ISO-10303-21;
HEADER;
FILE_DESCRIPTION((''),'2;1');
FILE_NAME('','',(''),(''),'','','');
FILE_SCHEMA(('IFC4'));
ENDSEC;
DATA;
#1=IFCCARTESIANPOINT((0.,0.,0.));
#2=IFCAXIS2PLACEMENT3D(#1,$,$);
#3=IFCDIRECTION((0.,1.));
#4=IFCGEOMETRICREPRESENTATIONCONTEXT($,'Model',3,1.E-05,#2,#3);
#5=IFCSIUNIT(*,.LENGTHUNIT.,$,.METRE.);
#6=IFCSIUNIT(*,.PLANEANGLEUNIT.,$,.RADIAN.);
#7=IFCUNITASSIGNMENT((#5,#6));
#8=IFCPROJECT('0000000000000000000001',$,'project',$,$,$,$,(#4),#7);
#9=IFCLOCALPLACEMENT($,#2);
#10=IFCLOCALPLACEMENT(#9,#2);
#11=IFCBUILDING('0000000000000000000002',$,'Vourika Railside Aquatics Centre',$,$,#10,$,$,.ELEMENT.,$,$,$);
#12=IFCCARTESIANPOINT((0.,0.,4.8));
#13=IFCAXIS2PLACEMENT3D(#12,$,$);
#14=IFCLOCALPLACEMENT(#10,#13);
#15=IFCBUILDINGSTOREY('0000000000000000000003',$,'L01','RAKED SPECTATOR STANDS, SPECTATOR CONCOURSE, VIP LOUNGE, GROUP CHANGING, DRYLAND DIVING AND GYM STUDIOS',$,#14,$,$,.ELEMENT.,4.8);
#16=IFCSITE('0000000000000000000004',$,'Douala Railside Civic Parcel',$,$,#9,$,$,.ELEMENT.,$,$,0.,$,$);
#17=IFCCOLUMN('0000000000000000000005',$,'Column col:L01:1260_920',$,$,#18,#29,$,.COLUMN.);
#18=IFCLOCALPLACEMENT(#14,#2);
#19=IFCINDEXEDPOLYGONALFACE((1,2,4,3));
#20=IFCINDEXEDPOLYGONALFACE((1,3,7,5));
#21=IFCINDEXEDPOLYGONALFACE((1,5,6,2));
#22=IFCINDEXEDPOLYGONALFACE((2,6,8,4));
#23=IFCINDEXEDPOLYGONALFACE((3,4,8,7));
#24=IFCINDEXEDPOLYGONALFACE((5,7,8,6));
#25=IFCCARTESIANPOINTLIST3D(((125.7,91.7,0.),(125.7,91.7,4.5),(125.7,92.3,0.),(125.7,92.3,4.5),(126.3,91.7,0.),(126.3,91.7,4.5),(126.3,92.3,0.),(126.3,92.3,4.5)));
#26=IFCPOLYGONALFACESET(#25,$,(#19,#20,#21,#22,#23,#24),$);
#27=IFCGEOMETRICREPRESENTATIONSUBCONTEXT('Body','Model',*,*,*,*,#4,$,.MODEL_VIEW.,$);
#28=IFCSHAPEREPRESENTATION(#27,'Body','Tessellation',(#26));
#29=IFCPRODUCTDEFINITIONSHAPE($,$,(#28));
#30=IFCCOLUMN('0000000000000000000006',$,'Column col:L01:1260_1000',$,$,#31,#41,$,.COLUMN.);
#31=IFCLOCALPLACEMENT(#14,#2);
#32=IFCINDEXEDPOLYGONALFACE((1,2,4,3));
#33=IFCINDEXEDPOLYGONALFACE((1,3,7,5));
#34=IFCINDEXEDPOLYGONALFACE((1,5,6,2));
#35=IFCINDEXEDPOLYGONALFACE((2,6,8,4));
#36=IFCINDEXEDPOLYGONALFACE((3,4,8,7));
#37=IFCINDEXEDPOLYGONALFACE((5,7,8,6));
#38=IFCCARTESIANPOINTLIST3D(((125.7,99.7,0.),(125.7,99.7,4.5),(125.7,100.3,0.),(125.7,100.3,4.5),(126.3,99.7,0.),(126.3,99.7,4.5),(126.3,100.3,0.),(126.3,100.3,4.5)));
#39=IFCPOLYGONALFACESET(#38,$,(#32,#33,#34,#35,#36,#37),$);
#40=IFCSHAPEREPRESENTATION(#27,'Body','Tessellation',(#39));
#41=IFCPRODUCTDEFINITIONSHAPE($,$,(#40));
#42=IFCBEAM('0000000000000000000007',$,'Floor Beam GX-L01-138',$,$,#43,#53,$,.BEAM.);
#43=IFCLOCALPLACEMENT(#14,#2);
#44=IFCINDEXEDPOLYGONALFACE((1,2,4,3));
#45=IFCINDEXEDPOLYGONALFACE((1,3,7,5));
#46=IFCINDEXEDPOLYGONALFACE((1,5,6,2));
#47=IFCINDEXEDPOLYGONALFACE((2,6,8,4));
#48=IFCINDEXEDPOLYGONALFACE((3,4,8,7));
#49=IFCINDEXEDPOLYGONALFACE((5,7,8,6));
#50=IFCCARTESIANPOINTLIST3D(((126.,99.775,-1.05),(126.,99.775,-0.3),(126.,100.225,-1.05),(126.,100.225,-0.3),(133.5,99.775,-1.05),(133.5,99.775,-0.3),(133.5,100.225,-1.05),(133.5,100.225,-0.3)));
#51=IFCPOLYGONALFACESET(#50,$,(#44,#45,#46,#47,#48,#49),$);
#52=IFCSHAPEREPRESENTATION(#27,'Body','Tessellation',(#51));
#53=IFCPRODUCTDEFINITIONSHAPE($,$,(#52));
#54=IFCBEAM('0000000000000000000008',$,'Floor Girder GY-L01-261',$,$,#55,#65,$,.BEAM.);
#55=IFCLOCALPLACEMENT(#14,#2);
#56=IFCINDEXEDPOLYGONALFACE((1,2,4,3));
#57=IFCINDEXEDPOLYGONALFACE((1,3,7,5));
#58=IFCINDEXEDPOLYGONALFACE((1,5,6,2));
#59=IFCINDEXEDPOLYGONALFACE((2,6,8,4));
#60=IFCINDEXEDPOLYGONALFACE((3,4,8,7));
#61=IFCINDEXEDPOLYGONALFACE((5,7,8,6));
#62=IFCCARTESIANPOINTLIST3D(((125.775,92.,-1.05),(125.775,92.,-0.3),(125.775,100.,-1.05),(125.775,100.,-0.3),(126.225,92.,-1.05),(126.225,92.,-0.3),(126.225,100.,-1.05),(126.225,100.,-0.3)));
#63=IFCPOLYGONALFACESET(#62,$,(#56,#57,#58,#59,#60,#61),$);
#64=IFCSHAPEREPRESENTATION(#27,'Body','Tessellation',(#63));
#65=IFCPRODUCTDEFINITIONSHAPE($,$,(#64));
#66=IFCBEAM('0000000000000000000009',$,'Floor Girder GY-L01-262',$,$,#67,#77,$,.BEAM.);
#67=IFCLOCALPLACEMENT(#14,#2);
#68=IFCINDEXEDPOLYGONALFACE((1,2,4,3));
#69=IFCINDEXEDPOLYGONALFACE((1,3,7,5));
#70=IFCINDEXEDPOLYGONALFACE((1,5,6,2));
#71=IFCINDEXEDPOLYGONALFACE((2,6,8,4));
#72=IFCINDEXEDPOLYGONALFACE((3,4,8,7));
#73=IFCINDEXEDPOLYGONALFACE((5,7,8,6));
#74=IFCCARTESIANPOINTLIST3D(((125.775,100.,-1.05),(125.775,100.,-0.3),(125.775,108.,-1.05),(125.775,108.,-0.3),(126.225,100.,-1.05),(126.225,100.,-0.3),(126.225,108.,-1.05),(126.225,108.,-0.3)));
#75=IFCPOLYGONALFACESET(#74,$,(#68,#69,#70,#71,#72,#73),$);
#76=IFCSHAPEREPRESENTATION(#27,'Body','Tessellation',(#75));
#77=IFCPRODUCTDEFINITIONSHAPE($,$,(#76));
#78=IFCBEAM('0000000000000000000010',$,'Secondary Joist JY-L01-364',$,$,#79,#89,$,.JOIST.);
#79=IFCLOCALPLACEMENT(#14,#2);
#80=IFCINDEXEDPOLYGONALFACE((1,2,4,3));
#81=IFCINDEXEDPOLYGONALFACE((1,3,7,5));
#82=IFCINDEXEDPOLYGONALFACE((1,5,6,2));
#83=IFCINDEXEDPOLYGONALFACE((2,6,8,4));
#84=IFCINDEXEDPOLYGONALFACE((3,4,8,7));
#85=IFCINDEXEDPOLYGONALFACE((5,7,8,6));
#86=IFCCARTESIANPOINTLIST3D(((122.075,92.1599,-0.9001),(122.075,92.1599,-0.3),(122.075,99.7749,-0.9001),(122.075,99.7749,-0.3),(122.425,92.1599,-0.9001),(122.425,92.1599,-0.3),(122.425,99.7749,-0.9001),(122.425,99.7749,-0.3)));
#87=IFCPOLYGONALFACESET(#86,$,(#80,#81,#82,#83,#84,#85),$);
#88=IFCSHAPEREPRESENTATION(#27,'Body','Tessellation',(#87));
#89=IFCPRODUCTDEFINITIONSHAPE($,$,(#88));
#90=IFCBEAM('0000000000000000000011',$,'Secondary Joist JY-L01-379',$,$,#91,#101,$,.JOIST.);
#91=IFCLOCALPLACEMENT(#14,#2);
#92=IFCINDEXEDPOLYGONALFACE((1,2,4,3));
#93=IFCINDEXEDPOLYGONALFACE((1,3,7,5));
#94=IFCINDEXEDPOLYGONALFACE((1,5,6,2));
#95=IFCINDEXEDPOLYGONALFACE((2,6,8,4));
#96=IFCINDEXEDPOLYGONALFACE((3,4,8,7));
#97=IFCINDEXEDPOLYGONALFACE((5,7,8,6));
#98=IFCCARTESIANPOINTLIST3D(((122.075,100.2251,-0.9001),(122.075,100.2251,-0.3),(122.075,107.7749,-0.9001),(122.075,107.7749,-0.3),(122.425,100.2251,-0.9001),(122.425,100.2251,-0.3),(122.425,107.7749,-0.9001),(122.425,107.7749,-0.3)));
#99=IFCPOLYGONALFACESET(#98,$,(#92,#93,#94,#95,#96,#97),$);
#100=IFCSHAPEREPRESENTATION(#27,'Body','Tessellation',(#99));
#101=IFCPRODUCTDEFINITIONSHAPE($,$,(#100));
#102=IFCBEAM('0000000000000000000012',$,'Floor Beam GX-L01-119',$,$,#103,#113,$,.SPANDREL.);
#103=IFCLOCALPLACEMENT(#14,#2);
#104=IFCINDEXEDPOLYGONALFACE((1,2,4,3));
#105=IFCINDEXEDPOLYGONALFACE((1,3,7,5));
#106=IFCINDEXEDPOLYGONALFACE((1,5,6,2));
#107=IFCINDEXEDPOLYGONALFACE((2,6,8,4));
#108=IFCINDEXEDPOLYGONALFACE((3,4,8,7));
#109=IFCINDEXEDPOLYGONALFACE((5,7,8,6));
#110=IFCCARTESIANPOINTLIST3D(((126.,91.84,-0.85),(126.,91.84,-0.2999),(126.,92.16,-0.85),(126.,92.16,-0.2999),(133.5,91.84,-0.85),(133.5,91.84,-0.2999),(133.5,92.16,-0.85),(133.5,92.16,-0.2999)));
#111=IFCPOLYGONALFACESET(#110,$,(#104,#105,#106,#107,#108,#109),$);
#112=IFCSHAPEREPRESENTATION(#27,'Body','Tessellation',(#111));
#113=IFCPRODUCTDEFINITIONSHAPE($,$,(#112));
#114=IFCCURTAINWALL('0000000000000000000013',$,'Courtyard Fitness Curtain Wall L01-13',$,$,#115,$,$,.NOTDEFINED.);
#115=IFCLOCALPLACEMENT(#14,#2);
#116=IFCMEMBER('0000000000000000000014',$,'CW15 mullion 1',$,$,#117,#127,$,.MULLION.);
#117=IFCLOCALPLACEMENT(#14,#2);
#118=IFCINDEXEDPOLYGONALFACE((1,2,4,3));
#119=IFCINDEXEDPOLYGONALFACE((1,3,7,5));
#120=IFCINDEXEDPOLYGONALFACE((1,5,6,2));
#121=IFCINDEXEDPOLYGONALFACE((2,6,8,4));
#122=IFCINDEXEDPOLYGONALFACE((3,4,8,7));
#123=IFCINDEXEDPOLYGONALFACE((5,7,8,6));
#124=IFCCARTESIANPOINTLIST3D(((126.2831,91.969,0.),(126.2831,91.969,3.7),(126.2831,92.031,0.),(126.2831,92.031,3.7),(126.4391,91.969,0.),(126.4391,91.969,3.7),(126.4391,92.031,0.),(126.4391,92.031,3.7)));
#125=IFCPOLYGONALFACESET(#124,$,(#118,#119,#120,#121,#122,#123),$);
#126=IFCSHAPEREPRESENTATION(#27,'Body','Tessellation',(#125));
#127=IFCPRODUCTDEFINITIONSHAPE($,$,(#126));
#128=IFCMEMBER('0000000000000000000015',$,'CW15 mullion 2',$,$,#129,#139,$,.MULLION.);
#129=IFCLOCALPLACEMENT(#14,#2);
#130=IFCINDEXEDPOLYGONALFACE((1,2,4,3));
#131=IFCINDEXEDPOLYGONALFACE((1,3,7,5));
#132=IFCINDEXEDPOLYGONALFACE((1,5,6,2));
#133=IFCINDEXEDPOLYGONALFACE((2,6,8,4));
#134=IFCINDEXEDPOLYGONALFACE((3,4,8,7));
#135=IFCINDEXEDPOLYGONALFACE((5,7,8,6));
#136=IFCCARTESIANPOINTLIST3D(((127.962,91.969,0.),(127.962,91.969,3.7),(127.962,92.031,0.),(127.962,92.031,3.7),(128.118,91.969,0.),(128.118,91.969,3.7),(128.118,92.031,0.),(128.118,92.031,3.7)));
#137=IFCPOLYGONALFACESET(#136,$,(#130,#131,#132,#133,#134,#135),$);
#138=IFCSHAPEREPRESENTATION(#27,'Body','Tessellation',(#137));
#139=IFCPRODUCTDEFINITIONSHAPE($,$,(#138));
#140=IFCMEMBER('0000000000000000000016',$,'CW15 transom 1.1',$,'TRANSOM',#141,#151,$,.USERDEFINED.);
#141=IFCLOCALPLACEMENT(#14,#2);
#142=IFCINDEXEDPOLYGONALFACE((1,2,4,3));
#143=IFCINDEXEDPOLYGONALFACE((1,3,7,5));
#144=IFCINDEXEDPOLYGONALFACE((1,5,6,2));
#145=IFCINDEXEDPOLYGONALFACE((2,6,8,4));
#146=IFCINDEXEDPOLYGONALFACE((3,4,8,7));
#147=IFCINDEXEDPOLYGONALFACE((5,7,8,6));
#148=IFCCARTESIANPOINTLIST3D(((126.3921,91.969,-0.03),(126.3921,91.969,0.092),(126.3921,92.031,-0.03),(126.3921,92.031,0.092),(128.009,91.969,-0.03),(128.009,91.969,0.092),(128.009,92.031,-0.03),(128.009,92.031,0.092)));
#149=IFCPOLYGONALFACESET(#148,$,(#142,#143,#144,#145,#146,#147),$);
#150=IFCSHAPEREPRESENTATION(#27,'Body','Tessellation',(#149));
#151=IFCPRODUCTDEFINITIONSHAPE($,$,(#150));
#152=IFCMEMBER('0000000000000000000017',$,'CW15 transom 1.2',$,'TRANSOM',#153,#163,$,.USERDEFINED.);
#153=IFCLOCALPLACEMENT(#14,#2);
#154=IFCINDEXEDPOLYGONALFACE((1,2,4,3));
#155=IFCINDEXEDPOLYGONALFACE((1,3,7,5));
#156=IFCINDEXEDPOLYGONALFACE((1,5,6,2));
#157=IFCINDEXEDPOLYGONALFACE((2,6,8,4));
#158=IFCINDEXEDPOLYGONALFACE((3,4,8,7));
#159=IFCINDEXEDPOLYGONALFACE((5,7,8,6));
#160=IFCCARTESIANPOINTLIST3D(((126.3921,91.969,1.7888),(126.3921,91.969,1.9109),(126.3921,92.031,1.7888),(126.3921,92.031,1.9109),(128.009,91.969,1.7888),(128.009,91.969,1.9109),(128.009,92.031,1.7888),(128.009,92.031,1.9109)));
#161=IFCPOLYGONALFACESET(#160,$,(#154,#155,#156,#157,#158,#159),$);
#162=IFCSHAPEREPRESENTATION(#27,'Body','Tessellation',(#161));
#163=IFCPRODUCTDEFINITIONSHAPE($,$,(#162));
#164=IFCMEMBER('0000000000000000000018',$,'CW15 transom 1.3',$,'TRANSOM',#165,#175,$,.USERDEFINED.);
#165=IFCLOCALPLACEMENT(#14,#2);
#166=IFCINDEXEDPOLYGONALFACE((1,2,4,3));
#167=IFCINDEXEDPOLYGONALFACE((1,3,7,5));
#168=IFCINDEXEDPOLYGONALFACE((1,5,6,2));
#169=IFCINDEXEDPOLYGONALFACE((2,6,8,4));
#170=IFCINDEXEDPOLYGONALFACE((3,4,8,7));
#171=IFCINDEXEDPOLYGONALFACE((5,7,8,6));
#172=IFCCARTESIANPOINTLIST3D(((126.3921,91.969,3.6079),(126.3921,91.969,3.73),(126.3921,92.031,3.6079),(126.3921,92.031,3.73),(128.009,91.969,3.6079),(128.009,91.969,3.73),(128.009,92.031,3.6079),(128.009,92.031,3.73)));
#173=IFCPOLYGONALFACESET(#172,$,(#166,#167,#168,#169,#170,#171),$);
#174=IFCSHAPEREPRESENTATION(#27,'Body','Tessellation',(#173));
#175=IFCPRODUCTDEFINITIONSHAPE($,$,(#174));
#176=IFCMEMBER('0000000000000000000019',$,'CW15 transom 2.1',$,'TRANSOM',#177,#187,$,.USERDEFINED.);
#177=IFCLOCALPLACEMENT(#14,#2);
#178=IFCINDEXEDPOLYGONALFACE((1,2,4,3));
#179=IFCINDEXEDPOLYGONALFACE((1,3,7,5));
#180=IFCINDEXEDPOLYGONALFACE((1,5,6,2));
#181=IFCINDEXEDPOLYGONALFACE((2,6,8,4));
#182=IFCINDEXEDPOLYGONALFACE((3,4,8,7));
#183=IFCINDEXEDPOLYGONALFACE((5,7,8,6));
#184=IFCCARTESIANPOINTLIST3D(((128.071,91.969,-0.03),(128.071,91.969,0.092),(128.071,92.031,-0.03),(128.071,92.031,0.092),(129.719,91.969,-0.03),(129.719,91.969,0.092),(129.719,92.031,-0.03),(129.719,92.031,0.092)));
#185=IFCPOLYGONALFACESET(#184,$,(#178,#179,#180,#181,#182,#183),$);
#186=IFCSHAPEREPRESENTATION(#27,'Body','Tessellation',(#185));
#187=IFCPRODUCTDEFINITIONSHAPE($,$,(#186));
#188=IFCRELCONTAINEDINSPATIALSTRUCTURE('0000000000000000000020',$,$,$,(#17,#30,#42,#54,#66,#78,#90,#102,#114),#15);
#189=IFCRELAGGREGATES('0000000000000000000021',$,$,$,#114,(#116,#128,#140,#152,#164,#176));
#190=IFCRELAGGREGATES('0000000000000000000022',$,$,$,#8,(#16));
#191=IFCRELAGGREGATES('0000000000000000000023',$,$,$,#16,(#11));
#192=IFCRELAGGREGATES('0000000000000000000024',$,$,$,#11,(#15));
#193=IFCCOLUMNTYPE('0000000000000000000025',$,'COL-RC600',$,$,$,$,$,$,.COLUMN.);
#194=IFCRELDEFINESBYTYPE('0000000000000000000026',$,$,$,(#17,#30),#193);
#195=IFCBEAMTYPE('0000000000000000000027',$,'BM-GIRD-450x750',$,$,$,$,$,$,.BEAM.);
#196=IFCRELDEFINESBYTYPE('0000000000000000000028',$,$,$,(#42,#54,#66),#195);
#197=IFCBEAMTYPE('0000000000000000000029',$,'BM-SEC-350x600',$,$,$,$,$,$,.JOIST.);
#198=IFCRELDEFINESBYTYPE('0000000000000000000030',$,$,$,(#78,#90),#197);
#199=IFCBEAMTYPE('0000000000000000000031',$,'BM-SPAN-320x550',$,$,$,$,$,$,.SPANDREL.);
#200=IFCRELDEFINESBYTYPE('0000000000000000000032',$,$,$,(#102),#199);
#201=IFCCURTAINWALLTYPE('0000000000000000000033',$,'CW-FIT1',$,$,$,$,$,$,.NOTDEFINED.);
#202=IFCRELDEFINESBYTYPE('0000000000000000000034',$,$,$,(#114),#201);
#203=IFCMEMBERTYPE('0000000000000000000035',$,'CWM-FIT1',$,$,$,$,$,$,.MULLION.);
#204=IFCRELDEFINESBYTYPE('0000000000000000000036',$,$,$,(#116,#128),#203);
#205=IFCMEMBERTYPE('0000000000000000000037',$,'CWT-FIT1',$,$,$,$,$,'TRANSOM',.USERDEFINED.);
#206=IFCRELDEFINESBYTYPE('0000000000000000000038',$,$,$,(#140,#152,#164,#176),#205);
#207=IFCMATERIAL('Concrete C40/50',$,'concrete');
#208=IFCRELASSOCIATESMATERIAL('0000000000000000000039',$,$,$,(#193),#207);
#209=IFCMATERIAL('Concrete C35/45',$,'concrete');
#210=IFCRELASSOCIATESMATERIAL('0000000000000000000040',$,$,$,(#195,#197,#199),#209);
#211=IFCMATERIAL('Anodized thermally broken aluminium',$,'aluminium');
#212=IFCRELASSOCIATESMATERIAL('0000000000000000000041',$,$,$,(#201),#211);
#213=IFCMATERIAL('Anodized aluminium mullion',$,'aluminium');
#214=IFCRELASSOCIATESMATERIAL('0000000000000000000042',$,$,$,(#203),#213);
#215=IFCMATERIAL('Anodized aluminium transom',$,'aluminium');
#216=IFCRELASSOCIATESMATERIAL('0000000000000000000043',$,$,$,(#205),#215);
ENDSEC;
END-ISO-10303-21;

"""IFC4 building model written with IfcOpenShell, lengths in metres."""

from ifc_helpers import new_model, si_unit, direction, frame, origin, origin_2d, place, context, subcontext, project, spatial, rectangle, extrude, material, material_profile, profile_set, type_object, element, aggregate, save


model = new_model("IFC4")

# Units and contexts
model_context = context("Model", 3, precision=1e-05, world=origin(), true_north=direction((0.0, 1.0)))
body_context = subcontext(model_context, "Body", "Model", "MODEL_VIEW")
ifc_project = project(units=[si_unit("LENGTHUNIT", "METRE"), si_unit("PLANEANGLEUNIT", "RADIAN")], contexts=[model_context])

# Site, building, storey
site_placement = place(None, origin())
site = spatial("IfcSite", under=ifc_project, at=site_placement, Name="Douala Railside Civic Parcel", CompositionType="ELEMENT", RefElevation=0.0)
building_placement = place(site_placement, origin())
building = spatial("IfcBuilding", under=site, at=building_placement, Name="Vourika Railside Aquatics Centre", CompositionType="ELEMENT")
storey_placement = place(building_placement, frame((0.0, 0.0, 4.8)))
storey = spatial("IfcBuildingStorey", under=building, at=storey_placement, Name="L01", Description="RAKED SPECTATOR STANDS, SPECTATOR CONCOURSE, VIP LOUNGE, GROUP CHANGING, DRYLAND DIVING AND GYM STUDIOS", CompositionType="ELEMENT", Elevation=4.8)

# Columns
ifc_material_1 = material(Name="Concrete C40/50", Category="concrete")
ifc_material_profile_1 = material_profile(ifc_material_1, rectangle(XDim=0.6001, YDim=0.6001, at=origin_2d()), Name="RC 600x600")
ifc_profile_set_1 = profile_set([ifc_material_profile_1], Name="Concrete C40/50")
column_type = type_object("IfcColumnType", Name="COL-RC600", PredefinedType="COLUMN", material=ifc_profile_set_1)
for number, where, z_axis, x_axis, name in (
    (1, (126.0, 92.0, 0.0), (0.0, 0.0, 1.0), (1.0, 0.0, 0.0), "Column col:L01:1260_920"),
    (2, (126.0, 100.0, 0.0), (0.0, 0.0, 1.0), (1.0, 0.0, 0.0), "Column col:L01:1260_1000"),
):
    element("IfcColumn", number, at=place(storey_placement, frame(where, z_axis=z_axis, x_axis=x_axis)), inside=storey, type_object=column_type, Name=name, PredefinedType="COLUMN", context=body_context, shape_type="SweptSolid", body=[
        extrude(rectangle(XDim=0.6001, YDim=0.6001, at=origin_2d()), origin(), (0.0, 0.0, 1.0), 4.5),
    ])

# Beams
ifc_material_2 = material(Name="Concrete C35/45", Category="concrete")
ifc_material_profile_2 = material_profile(ifc_material_2, rectangle(XDim=0.45, YDim=0.75, at=origin_2d()), Name="RC 450x750")
ifc_profile_set_2 = profile_set([ifc_material_profile_2], Name="Concrete C35/45")
beam_type_1 = type_object("IfcBeamType", Name="BM-GIRD-450x750", PredefinedType="BEAM", material=ifc_profile_set_2)
beam_1_placement = place(storey_placement, frame((126.0, 100.0, -0.675), z_axis=(1.0, 0.0, 0.0), x_axis=(0.0, 1.0, 0.0)))
element("IfcBeam", 3, at=beam_1_placement, inside=storey, type_object=beam_type_1, Name="Floor Beam GX-L01-138", PredefinedType="BEAM", context=body_context, shape_type="SweptSolid", body=[
    extrude(rectangle(XDim=0.45, YDim=0.75, at=origin_2d()), origin(), (0.0, 0.0, 1.0), 7.5),
])
for number, where, z_axis, x_axis, name in (
    (4, (126.0, 92.0, -0.675), (0.0, 1.0, 0.0), (-1.0, 0.0, 0.0), "Floor Girder GY-L01-261"),
    (5, (126.0, 100.0, -0.675), (0.0, 1.0, 0.0), (-1.0, 0.0, 0.0), "Floor Girder GY-L01-262"),
):
    element("IfcBeam", number, at=place(storey_placement, frame(where, z_axis=z_axis, x_axis=x_axis)), inside=storey, type_object=beam_type_1, Name=name, PredefinedType="BEAM", context=body_context, shape_type="SweptSolid", body=[
        extrude(rectangle(XDim=0.45, YDim=0.75, at=origin_2d()), origin(), (0.0, 0.0, 1.0), 8.0),
    ])
ifc_material_profile_3 = material_profile(ifc_material_2, rectangle(XDim=0.3501, YDim=0.6001, at=origin_2d()), Name="RC 350x600")
ifc_profile_set_3 = profile_set([ifc_material_profile_3], Name="Concrete C35/45")
beam_type_2 = type_object("IfcBeamType", Name="BM-SEC-350x600", PredefinedType="JOIST", material=ifc_profile_set_3)
beam_2_placement = place(storey_placement, frame((122.25, 92.1599, -0.6001), z_axis=(0.0, 1.0, 0.0), x_axis=(-1.0, 0.0, 0.0)))
element("IfcBeam", 6, at=beam_2_placement, inside=storey, type_object=beam_type_2, Name="Secondary Joist JY-L01-364", PredefinedType="JOIST", context=body_context, shape_type="SweptSolid", body=[
    extrude(rectangle(XDim=0.3501, YDim=0.6001, at=origin_2d()), origin(), (0.0, 0.0, 1.0), 7.615),
])
beam_3_placement = place(storey_placement, frame((122.25, 100.2251, -0.6001), z_axis=(0.0, 1.0, 0.0), x_axis=(-1.0, 0.0, 0.0)))
element("IfcBeam", 7, at=beam_3_placement, inside=storey, type_object=beam_type_2, Name="Secondary Joist JY-L01-379", PredefinedType="JOIST", context=body_context, shape_type="SweptSolid", body=[
    extrude(rectangle(XDim=0.3501, YDim=0.6001, at=origin_2d()), origin(), (0.0, 0.0, 1.0), 7.5498),
])
ifc_material_profile_4 = material_profile(ifc_material_2, rectangle(XDim=0.3201, YDim=0.55, at=origin_2d()), Name="RC 320x550")
ifc_profile_set_4 = profile_set([ifc_material_profile_4], Name="Concrete C35/45")
beam_type_3 = type_object("IfcBeamType", Name="BM-SPAN-320x550", PredefinedType="SPANDREL", material=ifc_profile_set_4)
beam_4_placement = place(storey_placement, frame((126.0, 92.0, -0.575), z_axis=(1.0, 0.0, 0.0), x_axis=(0.0, 1.0, 0.0)))
element("IfcBeam", 8, at=beam_4_placement, inside=storey, type_object=beam_type_3, Name="Floor Beam GX-L01-119", PredefinedType="SPANDREL", context=body_context, shape_type="SweptSolid", body=[
    extrude(rectangle(XDim=0.3201, YDim=0.55, at=origin_2d()), origin(), (0.0, 0.0, 1.0), 7.5),
])

# Curtain wall, members
ifc_material_3 = material(Name="Anodized thermally broken aluminium", Category="aluminium")
curtain_wall_type = type_object("IfcCurtainWallType", Name="CW-FIT1", PredefinedType="NOTDEFINED", material=ifc_material_3)
curtain_wall_placement = place(storey_placement, origin())
curtain_wall = element("IfcCurtainWall", 9, at=curtain_wall_placement, inside=storey, type_object=curtain_wall_type, Name="Courtyard Fitness Curtain Wall L01-13", PredefinedType="NOTDEFINED")
ifc_material_4 = material(Name="Anodized aluminium mullion", Category="aluminium")
ifc_material_profile_5 = material_profile(ifc_material_4, rectangle(XDim=0.062, YDim=0.156, at=origin_2d()), Name="ALU-M 62x156")
ifc_profile_set_5 = profile_set([ifc_material_profile_5], Name="Anodized aluminium mullion")
member_type_1 = type_object("IfcMemberType", Name="CWM-FIT1", PredefinedType="MULLION", material=ifc_profile_set_5)
member_1_placement = place(storey_placement, frame((126.3611, 92.0, 0.0), z_axis=(0.0, 0.0, 1.0), x_axis=(0.0, 1.0, 0.0)))
member_1 = element("IfcMember", 10, at=member_1_placement, type_object=member_type_1, Name="CW15 mullion 1", PredefinedType="MULLION", context=body_context, shape_type="SweptSolid", body=[
    extrude(rectangle(XDim=0.062, YDim=0.156, at=origin_2d()), origin(), (0.0, 0.0, 1.0), 3.7),
])
member_2_placement = place(storey_placement, frame((128.04, 92.0, 0.0), z_axis=(0.0, 0.0, 1.0), x_axis=(0.0, 1.0, 0.0)))
member_2 = element("IfcMember", 11, at=member_2_placement, type_object=member_type_1, Name="CW15 mullion 2", PredefinedType="MULLION", context=body_context, shape_type="SweptSolid", body=[
    extrude(rectangle(XDim=0.062, YDim=0.156, at=origin_2d()), origin(), (0.0, 0.0, 1.0), 3.7),
])
ifc_material_5 = material(Name="Anodized aluminium transom", Category="aluminium")
ifc_material_profile_6 = material_profile(ifc_material_5, rectangle(XDim=0.062, YDim=0.1221, at=origin_2d()), Name="ALU-T 62x122")
ifc_profile_set_6 = profile_set([ifc_material_profile_6], Name="Anodized aluminium transom")
member_type_2 = type_object("IfcMemberType", Name="CWT-FIT1", ElementType="TRANSOM", PredefinedType="USERDEFINED", material=ifc_profile_set_6)
member_3_placement = place(storey_placement, frame((126.3921, 92.0, 0.031), z_axis=(1.0, 0.0, 0.0), x_axis=(0.0, 1.0, 0.0)))
member_3 = element("IfcMember", 12, at=member_3_placement, type_object=member_type_2, Name="CW15 transom 1.1", ObjectType="TRANSOM", PredefinedType="USERDEFINED", context=body_context, shape_type="SweptSolid", body=[
    extrude(rectangle(XDim=0.062, YDim=0.1221, at=origin_2d()), origin(), (0.0, 0.0, 1.0), 1.6169),
])
member_4_placement = place(storey_placement, frame((126.3921, 92.0, 1.8499), z_axis=(1.0, 0.0, 0.0), x_axis=(0.0, 1.0, 0.0)))
member_4 = element("IfcMember", 13, at=member_4_placement, type_object=member_type_2, Name="CW15 transom 1.2", ObjectType="TRANSOM", PredefinedType="USERDEFINED", context=body_context, shape_type="SweptSolid", body=[
    extrude(rectangle(XDim=0.062, YDim=0.1221, at=origin_2d()), origin(), (0.0, 0.0, 1.0), 1.6169),
])
member_5_placement = place(storey_placement, frame((126.3921, 92.0, 3.6689), z_axis=(1.0, 0.0, 0.0), x_axis=(0.0, 1.0, 0.0)))
member_5 = element("IfcMember", 14, at=member_5_placement, type_object=member_type_2, Name="CW15 transom 1.3", ObjectType="TRANSOM", PredefinedType="USERDEFINED", context=body_context, shape_type="SweptSolid", body=[
    extrude(rectangle(XDim=0.062, YDim=0.1221, at=origin_2d()), origin(), (0.0, 0.0, 1.0), 1.6169),
])
member_6_placement = place(storey_placement, frame((128.071, 92.0, 0.031), z_axis=(1.0, 0.0, 0.0), x_axis=(0.0, 1.0, 0.0)))
member_6 = element("IfcMember", 15, at=member_6_placement, type_object=member_type_2, Name="CW15 transom 2.1", ObjectType="TRANSOM", PredefinedType="USERDEFINED", context=body_context, shape_type="SweptSolid", body=[
    extrude(rectangle(XDim=0.062, YDim=0.1221, at=origin_2d()), origin(), (0.0, 0.0, 1.0), 1.6479),
])
aggregate(curtain_wall, [member_1, member_2, member_3, member_4, member_5, member_6])

save(model, "model.ifc")
